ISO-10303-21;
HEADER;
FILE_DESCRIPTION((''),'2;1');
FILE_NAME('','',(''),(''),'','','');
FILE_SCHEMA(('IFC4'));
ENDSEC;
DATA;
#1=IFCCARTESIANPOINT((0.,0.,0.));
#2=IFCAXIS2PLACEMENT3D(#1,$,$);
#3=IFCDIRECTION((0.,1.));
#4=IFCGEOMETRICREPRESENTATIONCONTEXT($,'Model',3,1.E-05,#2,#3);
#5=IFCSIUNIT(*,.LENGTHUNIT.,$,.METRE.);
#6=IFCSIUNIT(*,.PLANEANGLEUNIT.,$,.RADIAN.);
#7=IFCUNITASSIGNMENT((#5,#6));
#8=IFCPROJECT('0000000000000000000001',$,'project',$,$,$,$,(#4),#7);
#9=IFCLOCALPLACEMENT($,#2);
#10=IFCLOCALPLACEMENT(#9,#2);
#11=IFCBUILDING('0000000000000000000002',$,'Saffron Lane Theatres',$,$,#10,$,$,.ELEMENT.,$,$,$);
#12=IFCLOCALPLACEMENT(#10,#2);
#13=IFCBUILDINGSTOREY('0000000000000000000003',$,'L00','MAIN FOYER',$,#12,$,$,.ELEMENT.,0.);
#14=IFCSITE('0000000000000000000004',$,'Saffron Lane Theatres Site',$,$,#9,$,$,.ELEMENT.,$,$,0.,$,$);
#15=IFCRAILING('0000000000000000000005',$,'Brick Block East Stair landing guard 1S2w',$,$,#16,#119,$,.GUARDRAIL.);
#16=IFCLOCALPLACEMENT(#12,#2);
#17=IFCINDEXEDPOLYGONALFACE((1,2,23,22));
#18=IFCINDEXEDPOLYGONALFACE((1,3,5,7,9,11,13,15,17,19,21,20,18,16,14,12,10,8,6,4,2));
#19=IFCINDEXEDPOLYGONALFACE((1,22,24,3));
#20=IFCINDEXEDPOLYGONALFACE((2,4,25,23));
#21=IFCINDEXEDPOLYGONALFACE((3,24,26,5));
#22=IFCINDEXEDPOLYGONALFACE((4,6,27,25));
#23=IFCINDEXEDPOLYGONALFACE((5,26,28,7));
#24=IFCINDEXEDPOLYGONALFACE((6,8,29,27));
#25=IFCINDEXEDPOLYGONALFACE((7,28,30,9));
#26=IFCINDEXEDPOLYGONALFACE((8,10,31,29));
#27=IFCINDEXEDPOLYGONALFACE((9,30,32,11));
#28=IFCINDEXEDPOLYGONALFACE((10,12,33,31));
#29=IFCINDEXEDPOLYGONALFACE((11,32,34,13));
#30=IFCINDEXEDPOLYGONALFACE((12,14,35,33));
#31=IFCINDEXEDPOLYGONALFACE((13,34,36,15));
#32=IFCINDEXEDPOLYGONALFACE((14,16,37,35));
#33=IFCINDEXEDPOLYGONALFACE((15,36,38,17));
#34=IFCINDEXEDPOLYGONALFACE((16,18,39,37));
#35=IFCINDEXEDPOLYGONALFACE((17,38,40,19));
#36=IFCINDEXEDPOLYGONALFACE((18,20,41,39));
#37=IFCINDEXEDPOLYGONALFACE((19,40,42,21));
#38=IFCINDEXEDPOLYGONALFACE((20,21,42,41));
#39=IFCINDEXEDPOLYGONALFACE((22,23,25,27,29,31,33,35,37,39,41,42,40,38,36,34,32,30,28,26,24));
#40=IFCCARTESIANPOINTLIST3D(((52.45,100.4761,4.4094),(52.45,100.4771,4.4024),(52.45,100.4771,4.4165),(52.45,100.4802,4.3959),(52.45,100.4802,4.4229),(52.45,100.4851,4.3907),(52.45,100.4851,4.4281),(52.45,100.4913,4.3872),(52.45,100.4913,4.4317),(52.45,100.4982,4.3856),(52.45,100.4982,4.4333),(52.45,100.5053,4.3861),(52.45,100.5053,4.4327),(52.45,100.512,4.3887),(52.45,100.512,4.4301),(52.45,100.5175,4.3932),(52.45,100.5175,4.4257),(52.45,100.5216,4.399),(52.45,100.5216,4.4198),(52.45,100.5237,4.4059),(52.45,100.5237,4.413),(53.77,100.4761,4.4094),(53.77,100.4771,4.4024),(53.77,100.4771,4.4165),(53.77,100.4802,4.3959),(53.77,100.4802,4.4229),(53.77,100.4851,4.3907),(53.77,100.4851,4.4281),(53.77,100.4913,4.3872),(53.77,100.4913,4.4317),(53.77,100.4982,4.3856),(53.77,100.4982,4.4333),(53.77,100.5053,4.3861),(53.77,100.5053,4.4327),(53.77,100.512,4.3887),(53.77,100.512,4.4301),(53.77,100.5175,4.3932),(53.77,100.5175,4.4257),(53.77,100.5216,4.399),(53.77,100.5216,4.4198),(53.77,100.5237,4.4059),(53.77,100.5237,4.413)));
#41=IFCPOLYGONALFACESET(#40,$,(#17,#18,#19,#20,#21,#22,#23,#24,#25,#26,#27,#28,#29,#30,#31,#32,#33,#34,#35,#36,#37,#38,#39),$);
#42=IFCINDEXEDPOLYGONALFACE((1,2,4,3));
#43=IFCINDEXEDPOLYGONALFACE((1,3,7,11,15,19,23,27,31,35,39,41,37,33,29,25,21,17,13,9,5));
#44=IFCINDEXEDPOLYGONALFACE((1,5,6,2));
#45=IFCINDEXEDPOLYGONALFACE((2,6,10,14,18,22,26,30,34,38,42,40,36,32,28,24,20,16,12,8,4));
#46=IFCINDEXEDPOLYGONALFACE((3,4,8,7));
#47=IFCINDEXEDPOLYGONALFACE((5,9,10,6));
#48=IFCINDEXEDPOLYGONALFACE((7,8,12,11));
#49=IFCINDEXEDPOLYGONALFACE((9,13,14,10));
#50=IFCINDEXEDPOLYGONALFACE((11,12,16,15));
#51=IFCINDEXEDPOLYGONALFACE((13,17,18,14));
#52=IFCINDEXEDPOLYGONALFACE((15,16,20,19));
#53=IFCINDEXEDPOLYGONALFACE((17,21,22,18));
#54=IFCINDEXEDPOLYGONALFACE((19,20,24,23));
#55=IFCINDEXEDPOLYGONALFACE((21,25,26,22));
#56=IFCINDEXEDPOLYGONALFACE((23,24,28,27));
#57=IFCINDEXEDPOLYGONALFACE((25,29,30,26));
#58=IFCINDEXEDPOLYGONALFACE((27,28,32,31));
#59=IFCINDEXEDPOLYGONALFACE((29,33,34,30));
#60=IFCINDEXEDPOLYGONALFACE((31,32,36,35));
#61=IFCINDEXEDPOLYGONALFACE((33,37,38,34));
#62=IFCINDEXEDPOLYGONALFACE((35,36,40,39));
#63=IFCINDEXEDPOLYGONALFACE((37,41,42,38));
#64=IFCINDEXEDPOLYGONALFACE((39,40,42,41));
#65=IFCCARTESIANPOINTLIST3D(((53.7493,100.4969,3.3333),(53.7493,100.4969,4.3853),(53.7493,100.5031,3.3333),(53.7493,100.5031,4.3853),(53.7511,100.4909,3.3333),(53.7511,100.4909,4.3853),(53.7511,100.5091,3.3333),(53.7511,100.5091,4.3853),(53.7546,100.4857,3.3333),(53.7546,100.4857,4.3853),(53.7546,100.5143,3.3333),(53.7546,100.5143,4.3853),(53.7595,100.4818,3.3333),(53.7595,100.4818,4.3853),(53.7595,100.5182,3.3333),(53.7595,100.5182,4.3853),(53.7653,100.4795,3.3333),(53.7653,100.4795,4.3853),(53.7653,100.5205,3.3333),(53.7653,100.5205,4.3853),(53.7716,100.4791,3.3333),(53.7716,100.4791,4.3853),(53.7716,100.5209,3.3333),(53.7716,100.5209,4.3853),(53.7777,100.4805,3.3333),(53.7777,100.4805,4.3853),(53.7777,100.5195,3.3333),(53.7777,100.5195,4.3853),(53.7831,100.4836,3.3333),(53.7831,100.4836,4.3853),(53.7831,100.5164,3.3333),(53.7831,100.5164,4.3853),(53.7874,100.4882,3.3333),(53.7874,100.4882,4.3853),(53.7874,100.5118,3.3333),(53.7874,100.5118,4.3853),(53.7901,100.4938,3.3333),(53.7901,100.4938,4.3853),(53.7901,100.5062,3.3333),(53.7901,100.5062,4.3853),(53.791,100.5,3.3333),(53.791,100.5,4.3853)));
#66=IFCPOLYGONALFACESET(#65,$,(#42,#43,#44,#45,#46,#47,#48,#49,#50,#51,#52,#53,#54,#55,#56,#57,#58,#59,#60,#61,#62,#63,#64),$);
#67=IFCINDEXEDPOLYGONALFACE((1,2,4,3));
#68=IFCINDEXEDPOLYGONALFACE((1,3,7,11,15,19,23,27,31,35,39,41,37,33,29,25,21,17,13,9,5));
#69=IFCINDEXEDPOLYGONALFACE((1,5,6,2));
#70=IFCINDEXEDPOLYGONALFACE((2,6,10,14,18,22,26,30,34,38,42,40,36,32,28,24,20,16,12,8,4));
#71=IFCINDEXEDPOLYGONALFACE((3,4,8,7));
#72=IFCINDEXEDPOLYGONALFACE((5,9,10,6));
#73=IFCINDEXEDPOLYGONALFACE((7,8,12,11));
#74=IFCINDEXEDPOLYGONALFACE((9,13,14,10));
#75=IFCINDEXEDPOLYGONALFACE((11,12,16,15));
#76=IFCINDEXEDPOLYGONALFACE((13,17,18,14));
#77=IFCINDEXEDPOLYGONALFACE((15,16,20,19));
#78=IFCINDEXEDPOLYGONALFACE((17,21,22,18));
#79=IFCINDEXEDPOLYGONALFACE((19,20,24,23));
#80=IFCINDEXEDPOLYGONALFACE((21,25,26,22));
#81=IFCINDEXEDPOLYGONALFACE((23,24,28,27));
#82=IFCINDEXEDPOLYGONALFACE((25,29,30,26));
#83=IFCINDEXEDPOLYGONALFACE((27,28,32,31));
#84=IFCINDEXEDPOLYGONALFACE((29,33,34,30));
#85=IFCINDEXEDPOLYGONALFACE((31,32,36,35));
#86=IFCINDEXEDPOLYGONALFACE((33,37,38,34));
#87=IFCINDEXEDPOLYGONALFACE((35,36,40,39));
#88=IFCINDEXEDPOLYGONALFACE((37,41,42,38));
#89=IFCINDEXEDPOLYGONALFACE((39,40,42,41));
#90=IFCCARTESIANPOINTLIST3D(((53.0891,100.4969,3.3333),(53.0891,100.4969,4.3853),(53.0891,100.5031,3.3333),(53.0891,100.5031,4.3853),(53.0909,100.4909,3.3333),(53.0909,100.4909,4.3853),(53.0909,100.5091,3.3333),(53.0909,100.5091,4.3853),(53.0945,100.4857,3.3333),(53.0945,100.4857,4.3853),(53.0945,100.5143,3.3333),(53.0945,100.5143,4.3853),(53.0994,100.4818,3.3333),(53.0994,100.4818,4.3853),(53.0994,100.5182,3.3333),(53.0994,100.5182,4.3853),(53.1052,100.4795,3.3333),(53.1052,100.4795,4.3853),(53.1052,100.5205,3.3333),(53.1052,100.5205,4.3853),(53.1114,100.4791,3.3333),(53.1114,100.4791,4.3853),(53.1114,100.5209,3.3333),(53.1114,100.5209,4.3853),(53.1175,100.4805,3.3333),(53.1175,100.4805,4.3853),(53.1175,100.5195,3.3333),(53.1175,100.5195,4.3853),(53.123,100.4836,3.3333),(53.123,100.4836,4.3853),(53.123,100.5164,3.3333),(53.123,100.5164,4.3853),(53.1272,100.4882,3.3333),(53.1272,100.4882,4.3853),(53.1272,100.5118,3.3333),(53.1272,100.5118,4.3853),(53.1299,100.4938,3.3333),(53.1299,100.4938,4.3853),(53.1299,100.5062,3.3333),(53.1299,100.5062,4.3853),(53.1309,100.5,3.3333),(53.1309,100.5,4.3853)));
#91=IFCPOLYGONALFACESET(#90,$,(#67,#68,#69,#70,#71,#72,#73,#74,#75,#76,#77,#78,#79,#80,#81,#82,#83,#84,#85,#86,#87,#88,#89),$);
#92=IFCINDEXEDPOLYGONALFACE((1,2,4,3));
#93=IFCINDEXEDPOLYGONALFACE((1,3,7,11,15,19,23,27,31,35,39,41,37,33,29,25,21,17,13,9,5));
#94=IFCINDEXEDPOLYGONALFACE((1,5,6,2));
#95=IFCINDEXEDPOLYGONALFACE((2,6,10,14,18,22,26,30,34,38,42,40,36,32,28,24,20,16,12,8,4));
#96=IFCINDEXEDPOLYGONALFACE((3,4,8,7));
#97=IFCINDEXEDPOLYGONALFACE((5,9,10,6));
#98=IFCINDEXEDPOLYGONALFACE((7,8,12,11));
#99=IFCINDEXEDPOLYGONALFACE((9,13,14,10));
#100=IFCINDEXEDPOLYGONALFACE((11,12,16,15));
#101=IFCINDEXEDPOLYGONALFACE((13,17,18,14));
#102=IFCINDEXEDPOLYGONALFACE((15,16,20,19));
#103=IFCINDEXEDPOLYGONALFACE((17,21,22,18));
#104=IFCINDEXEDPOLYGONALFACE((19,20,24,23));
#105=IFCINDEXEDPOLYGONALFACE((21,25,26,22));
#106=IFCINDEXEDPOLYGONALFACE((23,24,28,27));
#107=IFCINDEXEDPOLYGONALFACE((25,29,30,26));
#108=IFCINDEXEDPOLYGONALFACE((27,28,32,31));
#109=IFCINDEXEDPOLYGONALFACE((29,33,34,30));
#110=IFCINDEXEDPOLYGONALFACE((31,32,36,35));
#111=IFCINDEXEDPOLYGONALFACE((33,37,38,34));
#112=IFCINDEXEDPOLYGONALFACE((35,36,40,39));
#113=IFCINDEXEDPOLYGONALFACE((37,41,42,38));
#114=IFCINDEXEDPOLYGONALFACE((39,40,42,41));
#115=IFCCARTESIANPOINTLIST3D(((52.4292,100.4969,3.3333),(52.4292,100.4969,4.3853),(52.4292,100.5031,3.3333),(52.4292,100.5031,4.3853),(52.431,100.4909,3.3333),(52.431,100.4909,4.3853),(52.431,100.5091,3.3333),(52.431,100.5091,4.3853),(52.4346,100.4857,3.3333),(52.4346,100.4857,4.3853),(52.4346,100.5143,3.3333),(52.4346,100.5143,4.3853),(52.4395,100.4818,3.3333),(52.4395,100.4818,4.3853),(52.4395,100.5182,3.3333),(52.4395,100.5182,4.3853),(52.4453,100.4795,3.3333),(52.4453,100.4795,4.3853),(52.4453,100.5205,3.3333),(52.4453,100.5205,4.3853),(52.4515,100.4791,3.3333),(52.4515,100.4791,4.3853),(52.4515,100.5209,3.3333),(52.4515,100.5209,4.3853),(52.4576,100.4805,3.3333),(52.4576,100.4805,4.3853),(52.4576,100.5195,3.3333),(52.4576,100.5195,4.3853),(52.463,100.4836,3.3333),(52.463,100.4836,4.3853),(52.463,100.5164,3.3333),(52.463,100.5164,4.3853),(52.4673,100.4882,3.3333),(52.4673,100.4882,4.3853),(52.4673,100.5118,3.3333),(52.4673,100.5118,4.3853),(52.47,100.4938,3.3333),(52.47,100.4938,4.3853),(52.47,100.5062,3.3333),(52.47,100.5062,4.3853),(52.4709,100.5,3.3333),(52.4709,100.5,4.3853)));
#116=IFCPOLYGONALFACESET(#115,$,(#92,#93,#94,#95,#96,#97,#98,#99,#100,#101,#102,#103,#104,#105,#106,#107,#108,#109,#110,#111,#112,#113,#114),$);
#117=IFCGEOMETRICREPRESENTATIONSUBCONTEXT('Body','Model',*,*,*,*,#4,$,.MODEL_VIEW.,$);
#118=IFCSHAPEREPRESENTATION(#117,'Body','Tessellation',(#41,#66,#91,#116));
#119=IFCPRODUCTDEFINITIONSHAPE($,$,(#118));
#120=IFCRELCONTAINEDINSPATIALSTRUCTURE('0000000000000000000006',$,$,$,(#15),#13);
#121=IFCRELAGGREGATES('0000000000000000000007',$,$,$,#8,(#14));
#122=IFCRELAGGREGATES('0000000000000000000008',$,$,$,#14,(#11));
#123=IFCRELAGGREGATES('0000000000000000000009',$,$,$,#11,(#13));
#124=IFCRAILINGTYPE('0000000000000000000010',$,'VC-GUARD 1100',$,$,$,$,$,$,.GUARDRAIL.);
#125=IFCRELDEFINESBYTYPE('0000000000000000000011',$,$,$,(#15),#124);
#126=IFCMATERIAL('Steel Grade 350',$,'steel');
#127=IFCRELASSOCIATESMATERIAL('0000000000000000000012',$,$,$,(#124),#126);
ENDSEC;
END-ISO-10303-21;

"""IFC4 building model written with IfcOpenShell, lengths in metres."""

from ifc_helpers import new_model, si_unit, direction, frame, origin, origin_2d, place, context, subcontext, project, spatial, circle, extrude, material, type_object, element, save


model = new_model("IFC4")

# Units and contexts
model_context = context("Model", 3, precision=1e-05, world=origin(), true_north=direction((0.0, 1.0)))
body_context = subcontext(model_context, "Body", "Model", "MODEL_VIEW")
ifc_project = project(units=[si_unit("LENGTHUNIT", "METRE"), si_unit("PLANEANGLEUNIT", "RADIAN")], contexts=[model_context])

# Site, building, storey
site_placement = place(None, origin())
site = spatial("IfcSite", under=ifc_project, at=site_placement, Name="Saffron Lane Theatres Site", CompositionType="ELEMENT", RefElevation=0.0)
building_placement = place(site_placement, origin())
building = spatial("IfcBuilding", under=site, at=building_placement, Name="Saffron Lane Theatres", CompositionType="ELEMENT")
storey_placement = place(building_placement, origin())
storey = spatial("IfcBuildingStorey", under=building, at=storey_placement, Name="L00", Description="MAIN FOYER", CompositionType="ELEMENT", Elevation=0.0)

# Railing
ifc_material_1 = material(Name="Steel Grade 350", Category="steel")
railing_type_1 = type_object("IfcRailingType", Name="VC-GUARD 1100", PredefinedType="GUARDRAIL", material=ifc_material_1)
railing_1_placement = place(storey_placement, frame((53.77, 100.5, 3.3333)))
element("IfcRailing", 1, at=railing_1_placement, inside=storey, type_object=railing_type_1, Name="Brick Block East Stair landing guard 1S2w", PredefinedType="GUARDRAIL", context=body_context, shape_type="SweptSolid", body=[
    extrude(circle(Radius=0.0239, at=origin_2d()), frame((0.0, 0.0, 1.0762), z_axis=(-1.0, 0.0, 0.0), x_axis=(0.0, -1.0, 0.0)), (0.0, 0.0, 1.0), 1.3201),
    extrude(circle(Radius=0.021, at=origin_2d()), origin(), (0.0, 0.0, 1.0), 1.052),
    extrude(circle(Radius=0.021, at=origin_2d()), frame((-0.6602, 0.0, 0.0)), (0.0, 0.0, 1.0), 1.052),
    extrude(circle(Radius=0.021, at=origin_2d()), frame((-1.3201, 0.0, 0.0)), (0.0, 0.0, 1.0), 1.052),
])

save(model, "model.ifc")
